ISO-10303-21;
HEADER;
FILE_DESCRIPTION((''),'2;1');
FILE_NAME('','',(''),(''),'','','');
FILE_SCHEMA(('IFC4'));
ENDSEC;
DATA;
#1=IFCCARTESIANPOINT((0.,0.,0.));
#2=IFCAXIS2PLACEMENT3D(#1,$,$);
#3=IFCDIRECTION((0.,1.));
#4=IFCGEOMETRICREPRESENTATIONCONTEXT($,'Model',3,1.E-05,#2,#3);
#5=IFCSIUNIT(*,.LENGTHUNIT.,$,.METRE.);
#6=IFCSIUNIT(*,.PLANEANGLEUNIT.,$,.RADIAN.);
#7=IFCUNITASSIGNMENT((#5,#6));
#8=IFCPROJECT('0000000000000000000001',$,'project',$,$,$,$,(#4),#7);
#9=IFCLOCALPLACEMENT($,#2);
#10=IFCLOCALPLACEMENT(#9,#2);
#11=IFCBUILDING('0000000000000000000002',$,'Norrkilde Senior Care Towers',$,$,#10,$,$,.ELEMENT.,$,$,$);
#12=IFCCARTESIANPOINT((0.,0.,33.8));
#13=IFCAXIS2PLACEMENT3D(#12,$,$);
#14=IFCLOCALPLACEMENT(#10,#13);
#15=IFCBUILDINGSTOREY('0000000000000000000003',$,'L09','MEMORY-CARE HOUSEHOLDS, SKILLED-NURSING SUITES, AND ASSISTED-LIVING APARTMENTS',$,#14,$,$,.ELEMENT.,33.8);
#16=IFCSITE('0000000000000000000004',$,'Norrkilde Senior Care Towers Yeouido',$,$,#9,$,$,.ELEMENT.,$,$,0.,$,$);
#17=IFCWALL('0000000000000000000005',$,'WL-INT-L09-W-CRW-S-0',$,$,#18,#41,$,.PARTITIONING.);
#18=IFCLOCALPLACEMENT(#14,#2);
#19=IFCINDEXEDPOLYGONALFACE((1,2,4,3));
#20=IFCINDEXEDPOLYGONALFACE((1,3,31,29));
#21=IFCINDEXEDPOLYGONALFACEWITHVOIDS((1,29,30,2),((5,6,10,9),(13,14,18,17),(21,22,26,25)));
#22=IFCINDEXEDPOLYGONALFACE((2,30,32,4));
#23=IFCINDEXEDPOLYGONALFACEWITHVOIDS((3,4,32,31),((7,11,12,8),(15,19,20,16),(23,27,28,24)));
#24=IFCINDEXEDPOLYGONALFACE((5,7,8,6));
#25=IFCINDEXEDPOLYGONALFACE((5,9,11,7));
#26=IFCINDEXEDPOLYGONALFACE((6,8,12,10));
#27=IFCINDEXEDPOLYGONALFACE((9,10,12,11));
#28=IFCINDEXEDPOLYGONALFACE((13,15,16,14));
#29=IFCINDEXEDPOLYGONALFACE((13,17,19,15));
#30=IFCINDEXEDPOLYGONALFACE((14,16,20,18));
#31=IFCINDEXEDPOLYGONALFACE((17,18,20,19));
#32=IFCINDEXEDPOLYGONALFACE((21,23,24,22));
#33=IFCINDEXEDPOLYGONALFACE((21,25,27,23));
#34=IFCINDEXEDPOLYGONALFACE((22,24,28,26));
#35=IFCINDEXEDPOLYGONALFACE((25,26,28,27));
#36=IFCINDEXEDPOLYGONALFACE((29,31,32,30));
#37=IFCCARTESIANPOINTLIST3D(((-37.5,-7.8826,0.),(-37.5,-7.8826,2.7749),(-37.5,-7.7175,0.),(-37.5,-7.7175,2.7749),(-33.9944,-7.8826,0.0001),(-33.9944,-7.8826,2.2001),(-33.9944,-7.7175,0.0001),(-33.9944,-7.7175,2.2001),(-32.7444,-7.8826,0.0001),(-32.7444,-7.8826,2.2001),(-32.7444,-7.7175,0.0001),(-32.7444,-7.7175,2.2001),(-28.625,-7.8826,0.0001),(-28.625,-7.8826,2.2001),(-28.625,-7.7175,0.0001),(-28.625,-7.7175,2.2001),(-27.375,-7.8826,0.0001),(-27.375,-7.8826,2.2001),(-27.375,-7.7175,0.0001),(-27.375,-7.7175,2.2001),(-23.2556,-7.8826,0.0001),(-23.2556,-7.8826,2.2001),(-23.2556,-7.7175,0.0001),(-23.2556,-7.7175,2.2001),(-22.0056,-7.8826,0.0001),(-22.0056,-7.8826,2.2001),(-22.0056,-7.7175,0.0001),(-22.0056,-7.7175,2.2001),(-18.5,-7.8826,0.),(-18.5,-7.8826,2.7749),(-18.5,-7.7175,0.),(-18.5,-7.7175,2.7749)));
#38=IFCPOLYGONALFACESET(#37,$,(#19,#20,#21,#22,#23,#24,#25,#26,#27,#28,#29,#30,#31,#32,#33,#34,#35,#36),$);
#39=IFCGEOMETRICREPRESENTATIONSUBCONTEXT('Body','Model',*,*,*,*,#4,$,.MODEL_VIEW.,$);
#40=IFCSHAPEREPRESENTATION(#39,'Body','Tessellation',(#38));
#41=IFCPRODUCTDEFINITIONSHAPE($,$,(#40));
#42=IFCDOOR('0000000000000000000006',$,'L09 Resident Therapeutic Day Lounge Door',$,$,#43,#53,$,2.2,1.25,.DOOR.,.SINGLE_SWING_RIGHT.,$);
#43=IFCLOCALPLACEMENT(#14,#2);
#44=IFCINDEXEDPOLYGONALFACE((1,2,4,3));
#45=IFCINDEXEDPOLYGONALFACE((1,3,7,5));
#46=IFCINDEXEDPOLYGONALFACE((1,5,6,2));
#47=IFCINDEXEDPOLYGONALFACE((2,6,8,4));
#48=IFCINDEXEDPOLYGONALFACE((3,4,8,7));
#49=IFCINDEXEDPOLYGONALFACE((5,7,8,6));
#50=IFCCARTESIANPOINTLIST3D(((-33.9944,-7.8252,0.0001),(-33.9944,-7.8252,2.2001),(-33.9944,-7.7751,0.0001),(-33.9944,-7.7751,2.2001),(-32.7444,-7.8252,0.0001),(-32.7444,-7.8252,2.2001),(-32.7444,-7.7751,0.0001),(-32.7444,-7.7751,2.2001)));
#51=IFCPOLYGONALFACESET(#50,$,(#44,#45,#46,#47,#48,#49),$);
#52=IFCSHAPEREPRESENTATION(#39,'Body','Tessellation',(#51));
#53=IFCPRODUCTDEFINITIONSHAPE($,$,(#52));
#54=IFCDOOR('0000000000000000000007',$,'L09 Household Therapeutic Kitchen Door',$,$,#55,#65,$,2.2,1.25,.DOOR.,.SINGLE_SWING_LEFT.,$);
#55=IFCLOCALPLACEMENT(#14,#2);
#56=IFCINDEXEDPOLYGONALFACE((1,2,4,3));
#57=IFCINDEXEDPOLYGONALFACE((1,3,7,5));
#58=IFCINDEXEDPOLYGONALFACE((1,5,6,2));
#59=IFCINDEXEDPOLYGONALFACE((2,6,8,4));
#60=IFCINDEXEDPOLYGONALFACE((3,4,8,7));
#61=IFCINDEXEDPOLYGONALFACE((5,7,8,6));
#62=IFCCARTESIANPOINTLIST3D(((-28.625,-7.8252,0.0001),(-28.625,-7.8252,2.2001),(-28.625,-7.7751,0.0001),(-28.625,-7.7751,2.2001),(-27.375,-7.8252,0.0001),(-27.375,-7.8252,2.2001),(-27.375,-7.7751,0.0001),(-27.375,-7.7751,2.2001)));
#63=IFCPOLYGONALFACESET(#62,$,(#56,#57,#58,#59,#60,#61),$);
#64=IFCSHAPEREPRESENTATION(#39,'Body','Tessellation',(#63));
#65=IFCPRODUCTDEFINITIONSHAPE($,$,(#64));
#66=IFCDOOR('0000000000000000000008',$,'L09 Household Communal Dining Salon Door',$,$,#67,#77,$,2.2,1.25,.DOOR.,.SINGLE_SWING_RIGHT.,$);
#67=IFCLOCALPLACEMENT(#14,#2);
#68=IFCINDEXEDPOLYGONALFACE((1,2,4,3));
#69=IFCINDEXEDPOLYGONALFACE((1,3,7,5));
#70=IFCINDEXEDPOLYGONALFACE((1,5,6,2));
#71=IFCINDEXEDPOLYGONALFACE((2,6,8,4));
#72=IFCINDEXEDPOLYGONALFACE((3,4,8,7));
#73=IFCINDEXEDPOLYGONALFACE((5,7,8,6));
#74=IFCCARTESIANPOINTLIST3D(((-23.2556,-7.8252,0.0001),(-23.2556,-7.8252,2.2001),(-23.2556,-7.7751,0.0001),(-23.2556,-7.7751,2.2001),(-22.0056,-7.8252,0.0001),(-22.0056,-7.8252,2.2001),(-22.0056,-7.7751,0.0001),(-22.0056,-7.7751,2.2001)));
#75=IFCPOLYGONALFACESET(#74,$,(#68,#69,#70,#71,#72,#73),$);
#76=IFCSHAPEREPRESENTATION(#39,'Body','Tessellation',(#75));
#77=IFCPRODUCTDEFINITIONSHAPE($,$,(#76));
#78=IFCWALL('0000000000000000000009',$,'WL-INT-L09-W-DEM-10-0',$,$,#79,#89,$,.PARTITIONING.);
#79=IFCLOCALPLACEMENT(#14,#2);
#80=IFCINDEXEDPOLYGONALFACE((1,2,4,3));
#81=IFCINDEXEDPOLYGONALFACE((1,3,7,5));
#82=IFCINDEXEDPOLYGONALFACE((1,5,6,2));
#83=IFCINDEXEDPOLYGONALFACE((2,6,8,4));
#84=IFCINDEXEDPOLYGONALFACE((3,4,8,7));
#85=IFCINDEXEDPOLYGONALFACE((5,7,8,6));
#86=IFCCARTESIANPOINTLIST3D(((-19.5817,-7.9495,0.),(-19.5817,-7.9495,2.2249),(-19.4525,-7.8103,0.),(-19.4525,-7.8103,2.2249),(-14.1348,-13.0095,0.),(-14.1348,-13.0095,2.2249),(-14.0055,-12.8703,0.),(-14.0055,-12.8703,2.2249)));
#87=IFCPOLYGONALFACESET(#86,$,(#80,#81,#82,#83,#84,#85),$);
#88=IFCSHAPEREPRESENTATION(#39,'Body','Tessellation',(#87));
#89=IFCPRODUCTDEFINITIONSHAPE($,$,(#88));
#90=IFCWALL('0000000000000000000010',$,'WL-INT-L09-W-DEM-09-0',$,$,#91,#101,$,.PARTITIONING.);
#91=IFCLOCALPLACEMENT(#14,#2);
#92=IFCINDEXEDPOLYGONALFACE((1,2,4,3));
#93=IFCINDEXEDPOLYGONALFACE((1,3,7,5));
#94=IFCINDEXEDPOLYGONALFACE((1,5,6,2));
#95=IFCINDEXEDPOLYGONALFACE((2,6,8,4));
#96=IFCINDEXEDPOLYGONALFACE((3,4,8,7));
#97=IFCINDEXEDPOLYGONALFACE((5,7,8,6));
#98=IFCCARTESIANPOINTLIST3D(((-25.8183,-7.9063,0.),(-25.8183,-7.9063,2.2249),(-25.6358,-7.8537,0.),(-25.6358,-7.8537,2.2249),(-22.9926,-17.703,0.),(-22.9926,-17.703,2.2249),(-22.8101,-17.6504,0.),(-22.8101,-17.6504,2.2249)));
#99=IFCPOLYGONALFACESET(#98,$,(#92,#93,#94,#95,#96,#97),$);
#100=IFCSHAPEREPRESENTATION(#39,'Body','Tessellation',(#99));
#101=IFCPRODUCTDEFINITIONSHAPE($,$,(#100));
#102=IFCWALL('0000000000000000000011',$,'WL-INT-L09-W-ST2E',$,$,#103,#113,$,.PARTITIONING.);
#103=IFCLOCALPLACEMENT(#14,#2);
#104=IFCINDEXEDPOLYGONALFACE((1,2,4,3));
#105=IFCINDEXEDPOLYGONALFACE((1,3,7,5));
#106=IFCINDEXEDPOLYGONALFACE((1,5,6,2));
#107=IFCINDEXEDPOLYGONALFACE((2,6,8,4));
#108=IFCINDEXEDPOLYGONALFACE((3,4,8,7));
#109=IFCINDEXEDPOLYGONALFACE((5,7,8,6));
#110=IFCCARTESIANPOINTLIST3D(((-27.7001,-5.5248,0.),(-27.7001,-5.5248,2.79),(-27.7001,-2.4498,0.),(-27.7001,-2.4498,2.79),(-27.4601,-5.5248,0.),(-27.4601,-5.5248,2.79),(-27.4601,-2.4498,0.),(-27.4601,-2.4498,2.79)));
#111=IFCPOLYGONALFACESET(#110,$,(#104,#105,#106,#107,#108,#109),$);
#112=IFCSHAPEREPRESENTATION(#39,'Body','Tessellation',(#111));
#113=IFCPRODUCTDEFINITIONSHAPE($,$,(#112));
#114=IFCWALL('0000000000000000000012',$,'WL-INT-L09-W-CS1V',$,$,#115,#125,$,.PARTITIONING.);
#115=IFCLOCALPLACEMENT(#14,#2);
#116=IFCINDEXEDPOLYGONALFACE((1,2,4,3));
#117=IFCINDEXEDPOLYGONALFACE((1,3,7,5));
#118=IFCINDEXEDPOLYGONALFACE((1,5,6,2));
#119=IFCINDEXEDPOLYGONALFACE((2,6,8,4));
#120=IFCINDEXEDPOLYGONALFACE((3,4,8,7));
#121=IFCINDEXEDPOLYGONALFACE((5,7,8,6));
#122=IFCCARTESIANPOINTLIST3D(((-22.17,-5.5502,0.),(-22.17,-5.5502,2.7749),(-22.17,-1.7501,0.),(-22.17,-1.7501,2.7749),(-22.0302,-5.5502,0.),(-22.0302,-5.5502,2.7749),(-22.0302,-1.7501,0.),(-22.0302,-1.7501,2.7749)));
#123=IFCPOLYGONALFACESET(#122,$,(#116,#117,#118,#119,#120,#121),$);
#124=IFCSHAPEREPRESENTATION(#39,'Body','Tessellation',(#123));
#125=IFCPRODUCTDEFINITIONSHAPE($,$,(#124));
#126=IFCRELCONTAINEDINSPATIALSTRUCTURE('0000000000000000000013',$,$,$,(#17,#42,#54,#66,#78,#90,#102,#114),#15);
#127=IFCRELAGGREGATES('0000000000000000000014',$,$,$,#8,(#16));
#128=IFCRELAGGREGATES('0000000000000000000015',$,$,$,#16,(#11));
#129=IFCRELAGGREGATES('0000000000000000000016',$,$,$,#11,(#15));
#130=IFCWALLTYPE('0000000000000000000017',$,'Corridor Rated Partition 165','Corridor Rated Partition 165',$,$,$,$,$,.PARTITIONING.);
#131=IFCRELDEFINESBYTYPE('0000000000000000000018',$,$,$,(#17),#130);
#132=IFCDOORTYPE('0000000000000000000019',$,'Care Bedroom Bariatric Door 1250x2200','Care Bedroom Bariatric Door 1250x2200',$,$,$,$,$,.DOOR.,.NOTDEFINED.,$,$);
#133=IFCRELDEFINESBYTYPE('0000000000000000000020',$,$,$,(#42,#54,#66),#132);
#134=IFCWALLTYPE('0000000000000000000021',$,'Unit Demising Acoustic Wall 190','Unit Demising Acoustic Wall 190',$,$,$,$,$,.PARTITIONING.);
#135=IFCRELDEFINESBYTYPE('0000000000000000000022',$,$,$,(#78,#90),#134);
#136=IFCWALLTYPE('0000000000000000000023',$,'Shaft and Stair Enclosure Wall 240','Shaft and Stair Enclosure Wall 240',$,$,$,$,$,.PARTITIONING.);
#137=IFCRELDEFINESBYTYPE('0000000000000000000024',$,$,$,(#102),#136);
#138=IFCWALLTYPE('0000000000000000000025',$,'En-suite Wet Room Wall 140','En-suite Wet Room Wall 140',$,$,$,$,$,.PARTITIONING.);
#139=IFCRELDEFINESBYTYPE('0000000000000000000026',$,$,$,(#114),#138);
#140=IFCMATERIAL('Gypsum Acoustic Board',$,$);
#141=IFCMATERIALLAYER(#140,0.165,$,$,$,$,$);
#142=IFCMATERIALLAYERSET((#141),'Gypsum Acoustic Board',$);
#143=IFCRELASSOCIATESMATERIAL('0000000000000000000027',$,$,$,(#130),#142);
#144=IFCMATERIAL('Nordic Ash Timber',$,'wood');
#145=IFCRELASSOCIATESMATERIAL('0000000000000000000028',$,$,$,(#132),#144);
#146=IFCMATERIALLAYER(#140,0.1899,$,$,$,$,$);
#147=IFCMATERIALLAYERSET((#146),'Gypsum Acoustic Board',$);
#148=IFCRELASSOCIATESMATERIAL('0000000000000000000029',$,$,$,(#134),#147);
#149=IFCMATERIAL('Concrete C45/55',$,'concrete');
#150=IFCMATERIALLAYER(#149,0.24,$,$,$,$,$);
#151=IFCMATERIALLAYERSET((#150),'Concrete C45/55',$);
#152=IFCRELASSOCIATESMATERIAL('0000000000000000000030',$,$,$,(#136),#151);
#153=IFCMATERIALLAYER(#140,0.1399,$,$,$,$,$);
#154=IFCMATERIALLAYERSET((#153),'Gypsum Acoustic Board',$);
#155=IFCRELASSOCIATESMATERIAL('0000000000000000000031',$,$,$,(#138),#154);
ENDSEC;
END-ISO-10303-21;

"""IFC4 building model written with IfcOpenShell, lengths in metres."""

from ifc_helpers import new_model, si_unit, direction, frame, frame_2d, origin, place, context, subcontext, project, spatial, rectangle, extrude, source, transform, mapped, material, layer, layer_set, type_object, type_shapes, element, fill, save


model = new_model("IFC4")

# Units and contexts
model_context = context("Model", 3, precision=1e-05, world=origin(), true_north=direction((0.0, 1.0)))
body_context = subcontext(model_context, "Body", "Model", "MODEL_VIEW")
ifc_project = project(units=[si_unit("LENGTHUNIT", "METRE"), si_unit("PLANEANGLEUNIT", "RADIAN")], contexts=[model_context])

# Site, building, storey
site_placement = place(None, origin())
site = spatial("IfcSite", under=ifc_project, at=site_placement, Name="Norrkilde Senior Care Towers Yeouido", CompositionType="ELEMENT", RefElevation=0.0)
building_placement = place(site_placement, origin())
building = spatial("IfcBuilding", under=site, at=building_placement, Name="Norrkilde Senior Care Towers", CompositionType="ELEMENT")
storey_placement = place(building_placement, frame((0.0, 0.0, 33.8)))
storey = spatial("IfcBuildingStorey", under=building, at=storey_placement, Name="L09", Description="MEMORY-CARE HOUSEHOLDS, SKILLED-NURSING SUITES, AND ASSISTED-LIVING APARTMENTS", CompositionType="ELEMENT", Elevation=33.8)

# Shared definitions
ifc_material_1 = material(Name="Concrete C45/55", Category="concrete")

# Wall, openings, doors
ifc_material_2 = material(Name="Gypsum Acoustic Board")
ifc_layer_1 = layer(ifc_material_2, 0.165)
ifc_layer_set_1 = layer_set([ifc_layer_1], Name="Gypsum Acoustic Board")
wall_type_1 = type_object("IfcWallType", Name="Corridor Rated Partition 165", Description="Corridor Rated Partition 165", PredefinedType="PARTITIONING", material=ifc_layer_set_1)
shared_shape_1 = source(origin(), body_context, "Body", "SweptSolid", [
    extrude(rectangle(XDim=19.0, YDim=0.165, at=frame_2d((9.5, 0.0))), origin(), (0.0, 0.0, 1.0), 2.7749),
])
wall_1_placement = place(storey_placement, frame((-18.5, -7.8, 0.0), z_axis=(0.0, 0.0, 1.0), x_axis=(-1.0, 0.0, 0.0)))
wall_1 = element("IfcWall", 1, at=wall_1_placement, inside=storey, type_object=wall_type_1, Name="WL-INT-L09-W-CRW-S-0", PredefinedType="PARTITIONING", context=body_context, shape_type="MappedRepresentation", body=[
    mapped(shared_shape_1, transform((0.0, 0.0, 0.0), x_axis=(1.0, 0.0, 0.0), y_axis=(0.0, 1.0, 0.0), z_axis=(0.0, 0.0, 1.0), scale=1.0)),
])
opening_1_placement = place(wall_1_placement, frame((14.2444, 0.0, 0.0)))
opening_1 = element("IfcOpeningElement", 2, at=opening_1_placement, cuts=wall_1, PredefinedType="OPENING", context=body_context, shape_type="SweptSolid", body=[
    extrude(rectangle(XDim=1.25, YDim=2.2, at=frame_2d((0.625, 1.1001))), frame((0.0, 0.0925, 0.0), z_axis=(0.0, -1.0, 0.0), x_axis=(1.0, 0.0, 0.0)), (0.0, 0.0, 1.0), 0.1851),
])
opening_2_placement = place(wall_1_placement, frame((8.875, 0.0, 0.0)))
opening_2 = element("IfcOpeningElement", 3, at=opening_2_placement, cuts=wall_1, PredefinedType="OPENING", context=body_context, shape_type="SweptSolid", body=[
    extrude(rectangle(XDim=1.25, YDim=2.2, at=frame_2d((0.625, 1.1001))), frame((0.0, 0.0925, 0.0), z_axis=(0.0, -1.0, 0.0), x_axis=(1.0, 0.0, 0.0)), (0.0, 0.0, 1.0), 0.1851),
])
opening_3_placement = place(wall_1_placement, frame((3.5056, 0.0, 0.0)))
opening_3 = element("IfcOpeningElement", 4, at=opening_3_placement, cuts=wall_1, PredefinedType="OPENING", context=body_context, shape_type="SweptSolid", body=[
    extrude(rectangle(XDim=1.25, YDim=2.2, at=frame_2d((0.625, 1.1001))), frame((0.0, 0.0925, 0.0), z_axis=(0.0, -1.0, 0.0), x_axis=(1.0, 0.0, 0.0)), (0.0, 0.0, 1.0), 0.1851),
])
ifc_material_3 = material(Name="Nordic Ash Timber", Category="wood")
door_type_1 = type_object("IfcDoorType", Name="Care Bedroom Bariatric Door 1250x2200", Description="Care Bedroom Bariatric Door 1250x2200", OperationType="NOTDEFINED", PredefinedType="DOOR", material=ifc_material_3)
shared_shape_2 = source(origin(), body_context, "Body", "SweptSolid", [
    extrude(rectangle(XDim=1.25, YDim=2.2, at=frame_2d((0.625, 1.1001))), frame((0.0, 0.0249, 0.0), z_axis=(0.0, -1.0, 0.0), x_axis=(1.0, 0.0, 0.0)), (0.0, 0.0, 1.0), 0.05),
])
type_shapes(door_type_1, [shared_shape_2])
door_1_placement = place(opening_1_placement, frame((1.25, 0.0, 0.0), z_axis=(0.0, 0.0, 1.0), x_axis=(-1.0, 0.0, 0.0)))
door_1 = element("IfcDoor", 5, at=door_1_placement, inside=storey, type_object=door_type_1, Name="L09 Resident Therapeutic Day Lounge Door", OperationType="SINGLE_SWING_RIGHT", OverallHeight=2.2, OverallWidth=1.25, PredefinedType="DOOR", context=body_context, shape_type="MappedRepresentation", body=[
    mapped(shared_shape_2, transform((0.0, 0.0, 0.0), x_axis=(1.0, 0.0, 0.0), y_axis=(0.0, 1.0, 0.0), z_axis=(0.0, 0.0, 1.0), scale=1.0)),
])
fill(opening_1, door_1)
door_2_placement = place(opening_2_placement, frame((1.25, 0.0, 0.0), z_axis=(0.0, 0.0, 1.0), x_axis=(-1.0, 0.0, 0.0)))
door_2 = element("IfcDoor", 6, at=door_2_placement, inside=storey, type_object=door_type_1, Name="L09 Household Therapeutic Kitchen Door", OperationType="SINGLE_SWING_LEFT", OverallHeight=2.2, OverallWidth=1.25, PredefinedType="DOOR", context=body_context, shape_type="MappedRepresentation", body=[
    mapped(shared_shape_2, transform((0.0, 0.0, 0.0), x_axis=(1.0, 0.0, 0.0), y_axis=(0.0, 1.0, 0.0), z_axis=(0.0, 0.0, 1.0), scale=1.0)),
])
fill(opening_2, door_2)
door_3_placement = place(opening_3_placement, frame((1.25, 0.0, 0.0), z_axis=(0.0, 0.0, 1.0), x_axis=(-1.0, 0.0, 0.0)))
door_3 = element("IfcDoor", 7, at=door_3_placement, inside=storey, type_object=door_type_1, Name="L09 Household Communal Dining Salon Door", OperationType="SINGLE_SWING_RIGHT", OverallHeight=2.2, OverallWidth=1.25, PredefinedType="DOOR", context=body_context, shape_type="MappedRepresentation", body=[
    mapped(shared_shape_2, transform((0.0, 0.0, 0.0), x_axis=(1.0, 0.0, 0.0), y_axis=(0.0, 1.0, 0.0), z_axis=(0.0, 0.0, 1.0), scale=1.0)),
])
fill(opening_3, door_3)

# Walls
ifc_layer_2 = layer(ifc_material_2, 0.1899)
ifc_layer_set_2 = layer_set([ifc_layer_2], Name="Gypsum Acoustic Board")
wall_type_2 = type_object("IfcWallType", Name="Unit Demising Acoustic Wall 190", Description="Unit Demising Acoustic Wall 190", PredefinedType="PARTITIONING", material=ifc_layer_set_2)
shared_shape_3 = source(origin(), body_context, "Body", "SweptSolid", [
    extrude(rectangle(XDim=7.4346, YDim=0.1899, at=frame_2d((3.7173, 0.0))), origin(), (0.0, 0.0, 1.0), 2.2249),
])
wall_2_placement = place(storey_placement, frame((-19.5171, -7.8799, 0.0), z_axis=(0.0, 0.0, 1.0), x_axis=(0.732652, -0.680603, 0.0)))
element("IfcWall", 8, at=wall_2_placement, inside=storey, type_object=wall_type_2, Name="WL-INT-L09-W-DEM-10-0", PredefinedType="PARTITIONING", context=body_context, shape_type="MappedRepresentation", body=[
    mapped(shared_shape_3, transform((0.0, 0.0, 0.0), x_axis=(1.0, 0.0, 0.0), y_axis=(0.0, 1.0, 0.0), z_axis=(0.0, 0.0, 1.0), scale=1.0)),
])
shared_shape_4 = source(origin(), body_context, "Body", "SweptSolid", [
    extrude(rectangle(XDim=10.196, YDim=0.1899, at=frame_2d((5.0981, 0.0))), origin(), (0.0, 0.0, 1.0), 2.2249),
])
type_shapes(wall_type_2, [shared_shape_3, shared_shape_4])
wall_3_placement = place(storey_placement, frame((-25.7271, -7.8799, 0.0), z_axis=(0.0, 0.0, 1.0), x_axis=(0.277136, -0.960831, 0.0)))
element("IfcWall", 9, at=wall_3_placement, inside=storey, type_object=wall_type_2, Name="WL-INT-L09-W-DEM-09-0", PredefinedType="PARTITIONING", context=body_context, shape_type="MappedRepresentation", body=[
    mapped(shared_shape_4, transform((0.0, 0.0, 0.0), x_axis=(1.0, 0.0, 0.0), y_axis=(0.0, 1.0, 0.0), z_axis=(0.0, 0.0, 1.0), scale=1.0)),
])
ifc_layer_3 = layer(ifc_material_1, 0.24)
ifc_layer_set_3 = layer_set([ifc_layer_3], Name="Concrete C45/55")
wall_type_3 = type_object("IfcWallType", Name="Shaft and Stair Enclosure Wall 240", Description="Shaft and Stair Enclosure Wall 240", PredefinedType="PARTITIONING", material=ifc_layer_set_3)
shared_shape_5 = source(origin(), body_context, "Body", "SweptSolid", [
    extrude(rectangle(XDim=3.075, YDim=0.24, at=frame_2d((1.5376, 0.0))), origin(), (0.0, 0.0, 1.0), 2.79),
])
type_shapes(wall_type_3, [shared_shape_5])
wall_4_placement = place(storey_placement, frame((-27.5801, -5.5249, 0.0), z_axis=(0.0, 0.0, 1.0), x_axis=(0.0, 1.0, 0.0)))
element("IfcWall", 10, at=wall_4_placement, inside=storey, type_object=wall_type_3, Name="WL-INT-L09-W-ST2E", PredefinedType="PARTITIONING", context=body_context, shape_type="MappedRepresentation", body=[
    mapped(shared_shape_5, transform((0.0, 0.0, 0.0), x_axis=(1.0, 0.0, 0.0), y_axis=(0.0, 1.0, 0.0), z_axis=(0.0, 0.0, 1.0), scale=1.0)),
])
ifc_layer_4 = layer(ifc_material_2, 0.1399)
ifc_layer_set_4 = layer_set([ifc_layer_4], Name="Gypsum Acoustic Board")
wall_type_4 = type_object("IfcWallType", Name="En-suite Wet Room Wall 140", Description="En-suite Wet Room Wall 140", PredefinedType="PARTITIONING", material=ifc_layer_set_4)
shared_shape_6 = source(origin(), body_context, "Body", "SweptSolid", [
    extrude(rectangle(XDim=3.8, YDim=0.1399, at=frame_2d((1.8999, 0.0))), origin(), (0.0, 0.0, 1.0), 2.7749),
])
type_shapes(wall_type_4, [shared_shape_6])
wall_5_placement = place(storey_placement, frame((-22.1001, -5.55, 0.0), z_axis=(0.0, 0.0, 1.0), x_axis=(0.0, 1.0, 0.0)))
element("IfcWall", 11, at=wall_5_placement, inside=storey, type_object=wall_type_4, Name="WL-INT-L09-W-CS1V", PredefinedType="PARTITIONING", context=body_context, shape_type="MappedRepresentation", body=[
    mapped(shared_shape_6, transform((0.0, 0.0, 0.0), x_axis=(1.0, 0.0, 0.0), y_axis=(0.0, 1.0, 0.0), z_axis=(0.0, 0.0, 1.0), scale=1.0)),
])

save(model, "model.ifc")
